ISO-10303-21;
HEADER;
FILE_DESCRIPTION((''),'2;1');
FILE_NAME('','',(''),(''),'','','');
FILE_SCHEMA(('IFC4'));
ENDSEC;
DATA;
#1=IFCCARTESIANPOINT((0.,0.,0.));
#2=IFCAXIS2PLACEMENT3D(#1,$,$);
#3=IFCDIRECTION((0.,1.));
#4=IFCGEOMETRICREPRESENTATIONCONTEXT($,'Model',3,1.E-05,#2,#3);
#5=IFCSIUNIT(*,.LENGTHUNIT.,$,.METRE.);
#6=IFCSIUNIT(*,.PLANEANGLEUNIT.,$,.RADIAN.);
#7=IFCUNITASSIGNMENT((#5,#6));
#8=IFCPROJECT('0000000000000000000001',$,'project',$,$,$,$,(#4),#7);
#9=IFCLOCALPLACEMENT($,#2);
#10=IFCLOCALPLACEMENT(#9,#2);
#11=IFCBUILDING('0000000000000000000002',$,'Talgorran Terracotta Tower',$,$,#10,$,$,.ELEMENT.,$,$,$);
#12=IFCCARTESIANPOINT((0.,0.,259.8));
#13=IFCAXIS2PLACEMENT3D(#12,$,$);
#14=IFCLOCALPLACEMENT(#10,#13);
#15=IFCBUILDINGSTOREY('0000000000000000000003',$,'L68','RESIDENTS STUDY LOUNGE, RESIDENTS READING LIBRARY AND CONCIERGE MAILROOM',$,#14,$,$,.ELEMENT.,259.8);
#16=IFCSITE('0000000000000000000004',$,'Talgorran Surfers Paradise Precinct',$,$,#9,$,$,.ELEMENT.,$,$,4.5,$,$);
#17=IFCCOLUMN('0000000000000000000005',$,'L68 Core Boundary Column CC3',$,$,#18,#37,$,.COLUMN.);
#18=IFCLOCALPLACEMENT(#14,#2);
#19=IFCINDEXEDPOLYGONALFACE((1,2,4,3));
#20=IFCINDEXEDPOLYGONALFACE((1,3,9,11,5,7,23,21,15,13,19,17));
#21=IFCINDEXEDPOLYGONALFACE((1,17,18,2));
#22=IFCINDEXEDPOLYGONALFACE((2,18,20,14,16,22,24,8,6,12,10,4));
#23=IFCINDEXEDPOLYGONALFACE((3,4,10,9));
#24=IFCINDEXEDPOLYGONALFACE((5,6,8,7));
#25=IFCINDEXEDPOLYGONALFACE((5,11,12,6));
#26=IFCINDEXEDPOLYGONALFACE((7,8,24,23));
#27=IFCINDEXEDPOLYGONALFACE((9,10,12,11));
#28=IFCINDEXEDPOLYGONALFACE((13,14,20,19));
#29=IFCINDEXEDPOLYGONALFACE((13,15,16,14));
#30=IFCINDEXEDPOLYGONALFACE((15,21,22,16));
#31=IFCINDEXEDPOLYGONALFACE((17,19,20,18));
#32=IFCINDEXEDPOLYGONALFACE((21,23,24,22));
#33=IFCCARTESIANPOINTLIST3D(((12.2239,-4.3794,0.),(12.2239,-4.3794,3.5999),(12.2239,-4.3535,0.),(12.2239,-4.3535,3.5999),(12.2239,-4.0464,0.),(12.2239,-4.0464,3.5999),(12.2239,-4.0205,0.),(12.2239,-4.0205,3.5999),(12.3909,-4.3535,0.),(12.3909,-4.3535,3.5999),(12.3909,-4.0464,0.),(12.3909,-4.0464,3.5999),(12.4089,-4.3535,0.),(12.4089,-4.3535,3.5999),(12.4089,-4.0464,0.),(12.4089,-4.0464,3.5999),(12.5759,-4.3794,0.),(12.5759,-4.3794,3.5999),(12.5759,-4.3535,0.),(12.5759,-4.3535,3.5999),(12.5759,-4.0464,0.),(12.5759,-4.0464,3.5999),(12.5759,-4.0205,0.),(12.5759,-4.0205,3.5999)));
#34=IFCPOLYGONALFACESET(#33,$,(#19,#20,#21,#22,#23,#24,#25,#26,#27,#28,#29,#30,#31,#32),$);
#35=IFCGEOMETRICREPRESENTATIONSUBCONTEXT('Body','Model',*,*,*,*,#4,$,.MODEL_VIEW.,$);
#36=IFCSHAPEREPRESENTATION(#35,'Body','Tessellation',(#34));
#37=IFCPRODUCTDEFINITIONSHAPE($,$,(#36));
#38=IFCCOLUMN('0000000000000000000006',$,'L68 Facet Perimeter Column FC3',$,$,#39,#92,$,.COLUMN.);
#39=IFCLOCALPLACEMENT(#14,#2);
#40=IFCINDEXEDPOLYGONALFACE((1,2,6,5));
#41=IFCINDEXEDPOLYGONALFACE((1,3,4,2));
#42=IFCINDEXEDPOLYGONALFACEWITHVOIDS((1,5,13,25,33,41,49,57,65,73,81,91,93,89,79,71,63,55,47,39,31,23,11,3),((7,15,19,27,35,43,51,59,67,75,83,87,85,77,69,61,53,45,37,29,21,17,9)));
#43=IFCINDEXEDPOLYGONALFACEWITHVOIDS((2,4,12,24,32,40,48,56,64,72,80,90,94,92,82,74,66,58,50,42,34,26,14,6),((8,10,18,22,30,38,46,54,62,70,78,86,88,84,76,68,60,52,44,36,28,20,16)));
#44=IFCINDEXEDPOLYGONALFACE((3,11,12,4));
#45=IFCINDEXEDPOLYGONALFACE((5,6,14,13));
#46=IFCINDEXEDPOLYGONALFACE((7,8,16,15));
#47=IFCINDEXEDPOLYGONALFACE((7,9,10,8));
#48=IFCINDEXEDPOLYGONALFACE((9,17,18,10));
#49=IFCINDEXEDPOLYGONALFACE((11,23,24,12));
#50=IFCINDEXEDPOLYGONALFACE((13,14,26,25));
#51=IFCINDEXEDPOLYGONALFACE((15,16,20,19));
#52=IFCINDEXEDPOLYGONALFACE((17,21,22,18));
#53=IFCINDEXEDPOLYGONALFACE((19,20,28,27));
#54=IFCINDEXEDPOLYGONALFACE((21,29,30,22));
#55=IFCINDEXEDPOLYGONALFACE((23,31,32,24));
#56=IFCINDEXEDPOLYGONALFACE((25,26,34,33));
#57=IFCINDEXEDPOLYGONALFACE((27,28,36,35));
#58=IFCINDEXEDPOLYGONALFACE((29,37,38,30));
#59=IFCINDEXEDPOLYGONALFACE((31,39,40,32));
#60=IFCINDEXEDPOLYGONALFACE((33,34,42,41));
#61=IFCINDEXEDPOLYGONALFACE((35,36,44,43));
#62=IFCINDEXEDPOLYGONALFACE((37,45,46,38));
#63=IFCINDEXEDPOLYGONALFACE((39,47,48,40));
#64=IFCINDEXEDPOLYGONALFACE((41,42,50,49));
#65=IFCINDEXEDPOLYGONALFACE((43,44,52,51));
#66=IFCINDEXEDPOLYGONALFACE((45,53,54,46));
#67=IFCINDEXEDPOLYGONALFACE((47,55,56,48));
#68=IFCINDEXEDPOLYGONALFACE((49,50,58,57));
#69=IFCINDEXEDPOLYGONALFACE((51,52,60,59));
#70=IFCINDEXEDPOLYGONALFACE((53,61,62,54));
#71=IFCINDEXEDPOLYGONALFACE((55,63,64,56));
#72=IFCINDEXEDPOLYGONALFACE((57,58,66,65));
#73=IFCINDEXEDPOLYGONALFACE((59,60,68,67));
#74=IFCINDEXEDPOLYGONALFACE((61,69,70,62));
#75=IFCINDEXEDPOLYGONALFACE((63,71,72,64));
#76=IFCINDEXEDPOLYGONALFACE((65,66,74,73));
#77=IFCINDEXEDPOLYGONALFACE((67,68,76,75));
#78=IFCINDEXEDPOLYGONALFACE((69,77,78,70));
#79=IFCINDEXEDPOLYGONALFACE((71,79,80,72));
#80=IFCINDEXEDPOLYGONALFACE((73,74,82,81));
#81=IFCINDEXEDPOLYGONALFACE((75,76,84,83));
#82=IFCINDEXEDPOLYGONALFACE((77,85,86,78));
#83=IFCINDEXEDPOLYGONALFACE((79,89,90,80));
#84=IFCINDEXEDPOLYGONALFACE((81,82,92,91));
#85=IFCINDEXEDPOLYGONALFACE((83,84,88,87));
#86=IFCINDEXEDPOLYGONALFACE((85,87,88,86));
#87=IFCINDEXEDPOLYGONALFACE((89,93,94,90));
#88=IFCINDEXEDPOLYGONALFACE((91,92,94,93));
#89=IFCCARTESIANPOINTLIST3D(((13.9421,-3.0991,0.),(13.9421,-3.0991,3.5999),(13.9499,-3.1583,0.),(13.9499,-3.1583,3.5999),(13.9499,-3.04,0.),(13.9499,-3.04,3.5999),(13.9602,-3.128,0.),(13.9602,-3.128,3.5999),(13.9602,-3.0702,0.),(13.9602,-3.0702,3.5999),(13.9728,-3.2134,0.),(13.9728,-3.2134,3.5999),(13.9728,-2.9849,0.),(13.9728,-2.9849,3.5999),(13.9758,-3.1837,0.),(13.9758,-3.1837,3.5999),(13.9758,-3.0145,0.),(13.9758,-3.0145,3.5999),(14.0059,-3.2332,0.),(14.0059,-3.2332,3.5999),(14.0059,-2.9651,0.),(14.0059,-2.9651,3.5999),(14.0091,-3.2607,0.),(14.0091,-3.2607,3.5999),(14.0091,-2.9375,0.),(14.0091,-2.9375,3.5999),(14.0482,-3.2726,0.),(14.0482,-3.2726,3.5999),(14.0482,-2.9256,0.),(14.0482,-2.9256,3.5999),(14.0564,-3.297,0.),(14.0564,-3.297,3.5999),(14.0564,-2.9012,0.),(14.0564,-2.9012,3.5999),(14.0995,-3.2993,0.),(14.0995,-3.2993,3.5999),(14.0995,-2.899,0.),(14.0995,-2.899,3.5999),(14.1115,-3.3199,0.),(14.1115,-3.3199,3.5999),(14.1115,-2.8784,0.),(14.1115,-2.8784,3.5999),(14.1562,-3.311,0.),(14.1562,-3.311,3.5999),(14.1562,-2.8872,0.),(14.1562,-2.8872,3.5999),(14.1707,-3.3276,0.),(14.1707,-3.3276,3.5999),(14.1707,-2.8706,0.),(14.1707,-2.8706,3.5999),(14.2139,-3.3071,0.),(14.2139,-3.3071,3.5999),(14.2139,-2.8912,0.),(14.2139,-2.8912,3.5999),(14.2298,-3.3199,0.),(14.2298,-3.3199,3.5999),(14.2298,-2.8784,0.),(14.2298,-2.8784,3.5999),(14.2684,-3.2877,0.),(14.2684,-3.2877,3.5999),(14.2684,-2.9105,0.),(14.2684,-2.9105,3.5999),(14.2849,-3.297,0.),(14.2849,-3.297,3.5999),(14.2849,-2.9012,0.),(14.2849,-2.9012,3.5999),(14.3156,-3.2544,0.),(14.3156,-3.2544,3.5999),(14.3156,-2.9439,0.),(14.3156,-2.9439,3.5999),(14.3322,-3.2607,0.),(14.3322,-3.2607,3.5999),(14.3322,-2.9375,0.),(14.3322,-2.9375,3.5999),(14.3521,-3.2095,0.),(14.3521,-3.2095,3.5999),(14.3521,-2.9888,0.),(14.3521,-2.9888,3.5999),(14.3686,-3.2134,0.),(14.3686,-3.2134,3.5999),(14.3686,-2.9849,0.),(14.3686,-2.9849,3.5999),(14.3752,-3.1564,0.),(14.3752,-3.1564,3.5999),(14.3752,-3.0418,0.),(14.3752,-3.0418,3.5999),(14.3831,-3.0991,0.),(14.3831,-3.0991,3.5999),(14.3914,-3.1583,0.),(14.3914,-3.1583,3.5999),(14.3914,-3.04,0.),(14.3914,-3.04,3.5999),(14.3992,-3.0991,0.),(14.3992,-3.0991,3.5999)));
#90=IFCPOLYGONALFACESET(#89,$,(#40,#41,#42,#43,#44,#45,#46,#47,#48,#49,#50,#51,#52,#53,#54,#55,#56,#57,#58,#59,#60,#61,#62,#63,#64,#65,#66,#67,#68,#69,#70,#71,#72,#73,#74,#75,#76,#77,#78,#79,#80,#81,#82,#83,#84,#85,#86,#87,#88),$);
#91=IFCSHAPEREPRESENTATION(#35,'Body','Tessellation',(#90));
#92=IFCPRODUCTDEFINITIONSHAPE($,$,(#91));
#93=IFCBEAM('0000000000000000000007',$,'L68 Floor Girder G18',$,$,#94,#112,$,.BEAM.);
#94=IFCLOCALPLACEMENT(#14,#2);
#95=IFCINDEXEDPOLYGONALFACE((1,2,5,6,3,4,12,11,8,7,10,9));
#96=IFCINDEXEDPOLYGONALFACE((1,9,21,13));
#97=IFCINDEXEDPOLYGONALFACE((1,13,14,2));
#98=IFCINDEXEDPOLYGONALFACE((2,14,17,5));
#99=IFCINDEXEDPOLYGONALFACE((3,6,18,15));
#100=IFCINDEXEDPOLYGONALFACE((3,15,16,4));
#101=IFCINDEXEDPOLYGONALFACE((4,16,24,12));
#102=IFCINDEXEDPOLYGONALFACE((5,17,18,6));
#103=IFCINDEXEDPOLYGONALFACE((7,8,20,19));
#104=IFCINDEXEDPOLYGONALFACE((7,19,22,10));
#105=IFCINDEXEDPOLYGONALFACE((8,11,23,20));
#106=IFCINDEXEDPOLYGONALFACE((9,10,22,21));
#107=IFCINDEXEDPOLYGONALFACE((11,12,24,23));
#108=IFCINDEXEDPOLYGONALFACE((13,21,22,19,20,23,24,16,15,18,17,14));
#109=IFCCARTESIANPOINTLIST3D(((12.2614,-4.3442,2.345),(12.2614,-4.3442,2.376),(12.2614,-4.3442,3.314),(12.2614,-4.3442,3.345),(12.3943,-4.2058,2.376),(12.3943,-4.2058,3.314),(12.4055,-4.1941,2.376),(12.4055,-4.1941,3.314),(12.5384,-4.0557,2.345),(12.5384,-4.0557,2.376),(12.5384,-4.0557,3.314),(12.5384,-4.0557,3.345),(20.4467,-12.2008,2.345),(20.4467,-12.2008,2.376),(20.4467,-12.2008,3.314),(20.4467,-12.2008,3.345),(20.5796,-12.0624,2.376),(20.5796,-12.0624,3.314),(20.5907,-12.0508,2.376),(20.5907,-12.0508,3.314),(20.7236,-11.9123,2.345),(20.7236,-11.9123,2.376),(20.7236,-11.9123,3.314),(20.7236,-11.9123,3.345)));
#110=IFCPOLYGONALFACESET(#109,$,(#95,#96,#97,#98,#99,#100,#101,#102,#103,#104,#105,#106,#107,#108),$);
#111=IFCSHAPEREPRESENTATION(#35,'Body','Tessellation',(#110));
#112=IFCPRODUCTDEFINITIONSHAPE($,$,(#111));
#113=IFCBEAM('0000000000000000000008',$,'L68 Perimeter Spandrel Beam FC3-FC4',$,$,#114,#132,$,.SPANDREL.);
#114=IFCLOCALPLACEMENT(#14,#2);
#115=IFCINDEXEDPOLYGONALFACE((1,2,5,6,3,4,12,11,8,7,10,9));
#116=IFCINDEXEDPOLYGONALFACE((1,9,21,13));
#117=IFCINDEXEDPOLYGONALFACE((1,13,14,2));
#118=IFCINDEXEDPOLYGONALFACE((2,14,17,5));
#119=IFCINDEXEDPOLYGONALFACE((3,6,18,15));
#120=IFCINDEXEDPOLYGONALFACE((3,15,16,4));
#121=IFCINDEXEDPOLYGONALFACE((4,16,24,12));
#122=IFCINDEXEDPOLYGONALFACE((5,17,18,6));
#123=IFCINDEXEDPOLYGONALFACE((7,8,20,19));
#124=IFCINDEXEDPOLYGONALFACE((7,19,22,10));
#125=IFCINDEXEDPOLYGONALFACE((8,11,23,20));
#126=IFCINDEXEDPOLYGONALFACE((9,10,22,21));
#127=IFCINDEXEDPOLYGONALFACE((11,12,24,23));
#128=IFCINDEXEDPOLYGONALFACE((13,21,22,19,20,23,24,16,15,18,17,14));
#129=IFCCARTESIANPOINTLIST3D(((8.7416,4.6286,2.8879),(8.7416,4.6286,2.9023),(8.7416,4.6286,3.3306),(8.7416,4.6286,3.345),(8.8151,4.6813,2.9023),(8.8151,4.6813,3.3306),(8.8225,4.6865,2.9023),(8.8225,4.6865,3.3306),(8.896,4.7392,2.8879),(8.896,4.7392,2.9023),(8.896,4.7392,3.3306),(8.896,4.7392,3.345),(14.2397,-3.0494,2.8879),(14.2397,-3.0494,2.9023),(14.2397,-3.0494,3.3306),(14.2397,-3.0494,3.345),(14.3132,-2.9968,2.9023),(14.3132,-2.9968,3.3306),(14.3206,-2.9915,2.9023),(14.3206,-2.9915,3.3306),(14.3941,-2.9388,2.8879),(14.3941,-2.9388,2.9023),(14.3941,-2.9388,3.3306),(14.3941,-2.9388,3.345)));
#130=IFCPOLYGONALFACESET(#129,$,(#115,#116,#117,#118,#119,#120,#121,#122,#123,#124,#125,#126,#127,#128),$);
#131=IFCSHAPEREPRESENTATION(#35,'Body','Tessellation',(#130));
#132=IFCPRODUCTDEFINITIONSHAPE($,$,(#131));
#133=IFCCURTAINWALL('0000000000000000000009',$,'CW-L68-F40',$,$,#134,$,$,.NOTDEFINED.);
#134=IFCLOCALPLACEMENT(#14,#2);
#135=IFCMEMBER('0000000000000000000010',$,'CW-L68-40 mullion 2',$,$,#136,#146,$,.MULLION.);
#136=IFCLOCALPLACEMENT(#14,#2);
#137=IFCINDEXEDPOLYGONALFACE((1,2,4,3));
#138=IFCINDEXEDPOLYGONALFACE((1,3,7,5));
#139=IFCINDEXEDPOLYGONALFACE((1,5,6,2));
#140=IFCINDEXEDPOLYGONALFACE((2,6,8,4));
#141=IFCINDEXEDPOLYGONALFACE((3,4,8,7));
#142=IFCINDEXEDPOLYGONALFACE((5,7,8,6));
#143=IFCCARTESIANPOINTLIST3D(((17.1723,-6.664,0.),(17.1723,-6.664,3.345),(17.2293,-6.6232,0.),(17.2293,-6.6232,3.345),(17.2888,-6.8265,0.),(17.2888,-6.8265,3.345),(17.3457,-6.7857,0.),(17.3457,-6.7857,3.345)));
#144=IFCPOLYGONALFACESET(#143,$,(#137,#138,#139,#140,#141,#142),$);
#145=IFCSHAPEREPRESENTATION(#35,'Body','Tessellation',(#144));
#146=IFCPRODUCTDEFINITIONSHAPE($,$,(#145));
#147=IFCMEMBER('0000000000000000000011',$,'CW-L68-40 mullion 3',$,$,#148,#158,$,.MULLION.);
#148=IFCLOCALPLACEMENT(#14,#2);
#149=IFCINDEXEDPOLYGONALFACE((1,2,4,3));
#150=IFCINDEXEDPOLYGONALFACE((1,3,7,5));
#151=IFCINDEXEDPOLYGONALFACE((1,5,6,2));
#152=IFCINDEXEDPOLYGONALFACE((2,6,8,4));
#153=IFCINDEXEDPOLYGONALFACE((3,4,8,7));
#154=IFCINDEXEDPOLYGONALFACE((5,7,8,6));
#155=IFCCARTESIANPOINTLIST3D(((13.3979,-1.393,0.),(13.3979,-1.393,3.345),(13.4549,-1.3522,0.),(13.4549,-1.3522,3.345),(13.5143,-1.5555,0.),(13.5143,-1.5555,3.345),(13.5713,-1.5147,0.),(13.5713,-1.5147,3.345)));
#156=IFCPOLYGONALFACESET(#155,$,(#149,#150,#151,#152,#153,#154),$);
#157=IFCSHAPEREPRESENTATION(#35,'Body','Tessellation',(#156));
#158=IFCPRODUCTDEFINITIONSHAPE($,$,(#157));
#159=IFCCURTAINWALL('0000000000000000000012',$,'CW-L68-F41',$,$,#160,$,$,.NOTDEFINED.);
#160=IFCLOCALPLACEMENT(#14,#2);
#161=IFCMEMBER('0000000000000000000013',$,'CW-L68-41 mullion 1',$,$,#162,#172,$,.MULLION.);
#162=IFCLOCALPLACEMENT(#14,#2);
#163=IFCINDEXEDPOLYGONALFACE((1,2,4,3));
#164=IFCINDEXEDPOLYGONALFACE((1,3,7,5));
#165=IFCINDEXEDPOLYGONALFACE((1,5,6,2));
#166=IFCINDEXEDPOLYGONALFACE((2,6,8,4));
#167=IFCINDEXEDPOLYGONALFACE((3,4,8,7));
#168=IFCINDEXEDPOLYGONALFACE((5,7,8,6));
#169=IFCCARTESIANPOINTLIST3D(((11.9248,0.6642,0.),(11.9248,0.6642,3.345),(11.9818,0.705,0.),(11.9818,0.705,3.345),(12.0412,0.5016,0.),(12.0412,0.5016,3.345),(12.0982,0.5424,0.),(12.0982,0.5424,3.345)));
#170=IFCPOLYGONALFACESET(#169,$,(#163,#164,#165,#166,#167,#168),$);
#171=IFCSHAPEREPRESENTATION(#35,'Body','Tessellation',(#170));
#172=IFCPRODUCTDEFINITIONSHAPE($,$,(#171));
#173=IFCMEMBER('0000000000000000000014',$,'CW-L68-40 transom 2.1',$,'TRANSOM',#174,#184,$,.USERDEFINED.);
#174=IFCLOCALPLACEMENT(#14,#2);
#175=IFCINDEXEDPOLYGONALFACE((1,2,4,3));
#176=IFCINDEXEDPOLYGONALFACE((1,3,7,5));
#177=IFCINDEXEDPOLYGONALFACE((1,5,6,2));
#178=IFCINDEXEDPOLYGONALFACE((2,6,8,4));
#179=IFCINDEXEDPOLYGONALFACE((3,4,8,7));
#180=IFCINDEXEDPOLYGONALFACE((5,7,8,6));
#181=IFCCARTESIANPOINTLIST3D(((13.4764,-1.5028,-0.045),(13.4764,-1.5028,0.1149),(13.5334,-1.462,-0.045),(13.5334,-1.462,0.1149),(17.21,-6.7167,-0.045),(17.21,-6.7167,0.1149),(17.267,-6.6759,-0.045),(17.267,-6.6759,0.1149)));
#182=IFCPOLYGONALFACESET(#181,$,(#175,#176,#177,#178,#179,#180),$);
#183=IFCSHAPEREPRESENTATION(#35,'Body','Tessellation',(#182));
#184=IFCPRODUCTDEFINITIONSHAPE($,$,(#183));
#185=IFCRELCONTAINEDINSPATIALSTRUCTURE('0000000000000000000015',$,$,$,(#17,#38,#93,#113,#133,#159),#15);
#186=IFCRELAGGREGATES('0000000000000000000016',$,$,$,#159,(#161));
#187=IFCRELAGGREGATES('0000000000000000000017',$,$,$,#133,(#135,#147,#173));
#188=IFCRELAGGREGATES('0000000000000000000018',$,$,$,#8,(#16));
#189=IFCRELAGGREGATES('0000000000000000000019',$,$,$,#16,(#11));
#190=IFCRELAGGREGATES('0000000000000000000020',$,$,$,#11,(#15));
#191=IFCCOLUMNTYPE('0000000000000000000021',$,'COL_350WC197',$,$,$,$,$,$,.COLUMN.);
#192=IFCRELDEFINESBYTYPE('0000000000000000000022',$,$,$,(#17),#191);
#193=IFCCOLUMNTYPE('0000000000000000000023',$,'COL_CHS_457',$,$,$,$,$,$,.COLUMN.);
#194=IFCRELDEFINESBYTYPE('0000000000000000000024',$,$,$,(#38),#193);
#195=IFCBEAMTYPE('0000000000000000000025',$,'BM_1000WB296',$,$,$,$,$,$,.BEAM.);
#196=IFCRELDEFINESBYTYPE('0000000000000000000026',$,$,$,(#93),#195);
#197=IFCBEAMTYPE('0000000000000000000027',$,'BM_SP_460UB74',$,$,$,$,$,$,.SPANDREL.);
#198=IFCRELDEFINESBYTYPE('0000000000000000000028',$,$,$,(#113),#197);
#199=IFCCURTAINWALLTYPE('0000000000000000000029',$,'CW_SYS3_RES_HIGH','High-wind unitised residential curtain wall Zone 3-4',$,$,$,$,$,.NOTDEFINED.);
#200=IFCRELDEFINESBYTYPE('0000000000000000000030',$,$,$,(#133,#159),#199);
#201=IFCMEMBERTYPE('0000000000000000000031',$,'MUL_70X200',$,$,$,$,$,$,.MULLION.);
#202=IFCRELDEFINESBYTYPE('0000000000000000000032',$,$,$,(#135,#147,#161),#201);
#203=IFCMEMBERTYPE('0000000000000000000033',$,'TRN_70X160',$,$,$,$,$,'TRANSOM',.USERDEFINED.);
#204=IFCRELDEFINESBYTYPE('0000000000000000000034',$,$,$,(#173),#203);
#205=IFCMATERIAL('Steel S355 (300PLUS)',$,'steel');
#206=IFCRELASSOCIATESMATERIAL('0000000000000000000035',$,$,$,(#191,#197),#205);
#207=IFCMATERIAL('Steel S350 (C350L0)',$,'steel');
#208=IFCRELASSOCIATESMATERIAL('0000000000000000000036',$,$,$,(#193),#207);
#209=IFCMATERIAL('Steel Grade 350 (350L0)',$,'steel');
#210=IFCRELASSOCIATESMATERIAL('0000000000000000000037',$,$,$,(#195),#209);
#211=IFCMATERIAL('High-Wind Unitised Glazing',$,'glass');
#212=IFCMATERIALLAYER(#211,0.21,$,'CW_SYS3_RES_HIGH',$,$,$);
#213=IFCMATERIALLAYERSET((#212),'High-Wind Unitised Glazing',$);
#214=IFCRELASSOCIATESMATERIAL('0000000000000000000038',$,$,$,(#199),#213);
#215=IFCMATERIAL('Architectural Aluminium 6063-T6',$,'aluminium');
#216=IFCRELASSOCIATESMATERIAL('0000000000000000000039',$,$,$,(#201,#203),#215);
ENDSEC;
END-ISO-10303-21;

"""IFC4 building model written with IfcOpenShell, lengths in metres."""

from ifc_helpers import new_model, si_unit, direction, frame, origin, origin_2d, place, context, subcontext, project, spatial, rectangle, hollow_circle, i_section, extrude, material, layer, layer_set, material_profile, profile_set, type_object, element, aggregate, save


model = new_model("IFC4")

# Units and contexts
model_context = context("Model", 3, precision=1e-05, world=origin(), true_north=direction((0.0, 1.0)))
body_context = subcontext(model_context, "Body", "Model", "MODEL_VIEW")
ifc_project = project(units=[si_unit("LENGTHUNIT", "METRE"), si_unit("PLANEANGLEUNIT", "RADIAN")], contexts=[model_context])

# Site, building, storey
site_placement = place(None, origin())
site = spatial("IfcSite", under=ifc_project, at=site_placement, Name="Talgorran Surfers Paradise Precinct", CompositionType="ELEMENT", RefElevation=4.5)
building_placement = place(site_placement, origin())
building = spatial("IfcBuilding", under=site, at=building_placement, Name="Talgorran Terracotta Tower", CompositionType="ELEMENT")
storey_placement = place(building_placement, frame((0.0, 0.0, 259.8)))
storey = spatial("IfcBuildingStorey", under=building, at=storey_placement, Name="L68", Description="RESIDENTS STUDY LOUNGE, RESIDENTS READING LIBRARY AND CONCIERGE MAILROOM", CompositionType="ELEMENT", Elevation=259.8)

# Columns
ifc_material_1 = material(Name="Steel S355 (300PLUS)", Category="steel")
ifc_material_profile_1 = material_profile(ifc_material_1, i_section(OverallWidth=0.3521, OverallDepth=0.3589, WebThickness=0.0181, FlangeThickness=0.0259, at=origin_2d()), Name="350WC197")
ifc_profile_set_1 = profile_set([ifc_material_profile_1], Name="Steel S355 (300PLUS)")
column_type_1 = type_object("IfcColumnType", Name="COL_350WC197", PredefinedType="COLUMN", material=ifc_profile_set_1)
column_1_placement = place(storey_placement, frame((12.3999, -4.2, 0.0), z_axis=(0.0, 0.0, 1.0), x_axis=(1.0, 0.0, 0.0)))
element("IfcColumn", 1, at=column_1_placement, inside=storey, type_object=column_type_1, Name="L68 Core Boundary Column CC3", PredefinedType="COLUMN", context=body_context, shape_type="SweptSolid", body=[
    extrude(i_section(OverallWidth=0.3521, OverallDepth=0.3589, WebThickness=0.0181, FlangeThickness=0.0259, at=origin_2d()), origin(), (0.0, 0.0, 1.0), 3.5999),
])
ifc_material_2 = material(Name="Steel S350 (C350L0)", Category="steel")
ifc_material_profile_2 = material_profile(ifc_material_2, hollow_circle(Radius=0.2285, WallThickness=0.0161, at=origin_2d()), Name="CHS457X16")
ifc_profile_set_2 = profile_set([ifc_material_profile_2], Name="Steel S350 (C350L0)")
column_type_2 = type_object("IfcColumnType", Name="COL_CHS_457", PredefinedType="COLUMN", material=ifc_profile_set_2)
column_2_placement = place(storey_placement, frame((14.1707, -3.0991, 0.0), z_axis=(0.0, 0.0, 1.0), x_axis=(1.0, 0.0, 0.0)))
element("IfcColumn", 2, at=column_2_placement, inside=storey, type_object=column_type_2, Name="L68 Facet Perimeter Column FC3", PredefinedType="COLUMN", context=body_context, shape_type="SweptSolid", body=[
    extrude(hollow_circle(Radius=0.2285, WallThickness=0.0161, at=origin_2d()), origin(), (0.0, 0.0, 1.0), 3.5999),
])

# Beams
ifc_material_3 = material(Name="Steel Grade 350 (350L0)", Category="steel")
ifc_material_profile_3 = material_profile(ifc_material_3, i_section(OverallWidth=0.3999, OverallDepth=1.0, WebThickness=0.0161, FlangeThickness=0.031, at=origin_2d()), Name="1000WB296")
ifc_profile_set_3 = profile_set([ifc_material_profile_3], Name="Steel Grade 350 (350L0)")
beam_type_1 = type_object("IfcBeamType", Name="BM_1000WB296", PredefinedType="BEAM", material=ifc_profile_set_3)
beam_1_placement = place(storey_placement, frame((12.3999, -4.2, 2.845), z_axis=(0.72144, -0.692477, 0.0), x_axis=(0.692477, 0.72144, 0.0)))
element("IfcBeam", 3, at=beam_1_placement, inside=storey, type_object=beam_type_1, Name="L68 Floor Girder G18", PredefinedType="BEAM", context=body_context, shape_type="SweptSolid", body=[
    extrude(i_section(OverallWidth=0.3999, OverallDepth=1.0, WebThickness=0.0161, FlangeThickness=0.031, at=origin_2d()), origin(), (0.0, 0.0, 1.0), 11.3457),
])
ifc_material_profile_4 = material_profile(ifc_material_1, i_section(OverallWidth=0.1899, OverallDepth=0.457, WebThickness=0.009, FlangeThickness=0.0144, at=origin_2d()), Name="460UB74.6")
ifc_profile_set_4 = profile_set([ifc_material_profile_4], Name="Steel S355 (300PLUS)")
beam_type_2 = type_object("IfcBeamType", Name="BM_SP_460UB74", PredefinedType="SPANDREL", material=ifc_profile_set_4)
beam_2_placement = place(storey_placement, frame((14.3169, -2.9941, 3.1165), z_axis=(-0.582204, 0.813043, 0.0), x_axis=(-0.813043, -0.582204, 0.0)))
element("IfcBeam", 4, at=beam_2_placement, inside=storey, type_object=beam_type_2, Name="L68 Perimeter Spandrel Beam FC3-FC4", PredefinedType="SPANDREL", context=body_context, shape_type="SweptSolid", body=[
    extrude(i_section(OverallWidth=0.1899, OverallDepth=0.457, WebThickness=0.009, FlangeThickness=0.0144, at=origin_2d()), origin(), (0.0, 0.0, 1.0), 9.4436),
])

# Curtain wall, members
ifc_material_4 = material(Name="High-Wind Unitised Glazing", Category="glass")
ifc_layer_1 = layer(ifc_material_4, 0.21, Name="CW_SYS3_RES_HIGH")
ifc_layer_set_1 = layer_set([ifc_layer_1], Name="High-Wind Unitised Glazing")
curtain_wall_type = type_object("IfcCurtainWallType", Name="CW_SYS3_RES_HIGH", Description="High-wind unitised residential curtain wall Zone 3-4", PredefinedType="NOTDEFINED", material=ifc_layer_set_1)
curtain_wall_1_placement = place(storey_placement, origin())
curtain_wall_1 = element("IfcCurtainWall", 5, at=curtain_wall_1_placement, inside=storey, type_object=curtain_wall_type, Name="CW-L68-F40", PredefinedType="NOTDEFINED")
ifc_material_5 = material(Name="Architectural Aluminium 6063-T6", Category="aluminium")
ifc_material_profile_5 = material_profile(ifc_material_5, rectangle(XDim=0.0701, YDim=0.2, at=origin_2d()), Name="CWM70X200")
ifc_profile_set_5 = profile_set([ifc_material_profile_5], Name="Architectural Aluminium 6063-T6")
member_type_1 = type_object("IfcMemberType", Name="MUL_70X200", PredefinedType="MULLION", material=ifc_profile_set_5)
member_1_placement = place(storey_placement, frame((17.259, -6.7249, 0.0), z_axis=(0.0, 0.0, 1.0), x_axis=(-0.813042, -0.582204, 0.0)))
member_1 = element("IfcMember", 6, at=member_1_placement, type_object=member_type_1, Name="CW-L68-40 mullion 2", PredefinedType="MULLION", context=body_context, shape_type="SweptSolid", body=[
    extrude(rectangle(XDim=0.0701, YDim=0.2, at=origin_2d()), origin(), (0.0, 0.0, 1.0), 3.345),
])
member_2_placement = place(storey_placement, frame((13.4846, -1.4539, 0.0), z_axis=(0.0, 0.0, 1.0), x_axis=(-0.813042, -0.582204, 0.0)))
member_2 = element("IfcMember", 7, at=member_2_placement, type_object=member_type_1, Name="CW-L68-40 mullion 3", PredefinedType="MULLION", context=body_context, shape_type="SweptSolid", body=[
    extrude(rectangle(XDim=0.0701, YDim=0.2, at=origin_2d()), origin(), (0.0, 0.0, 1.0), 3.345),
])

# Curtain wall, member
curtain_wall_2_placement = place(storey_placement, origin())
curtain_wall_2 = element("IfcCurtainWall", 8, at=curtain_wall_2_placement, inside=storey, type_object=curtain_wall_type, Name="CW-L68-F41", PredefinedType="NOTDEFINED")
member_3_placement = place(storey_placement, frame((12.0115, 0.6033, 0.0), z_axis=(0.0, 0.0, 1.0), x_axis=(-0.813043, -0.582204, 0.0)))
member_3 = element("IfcMember", 9, at=member_3_placement, type_object=member_type_1, Name="CW-L68-41 mullion 1", PredefinedType="MULLION", context=body_context, shape_type="SweptSolid", body=[
    extrude(rectangle(XDim=0.0701, YDim=0.2, at=origin_2d()), origin(), (0.0, 0.0, 1.0), 3.345),
])
aggregate(curtain_wall_2, [member_3])

# Member
ifc_material_profile_6 = material_profile(ifc_material_5, rectangle(XDim=0.0701, YDim=0.1599, at=origin_2d()), Name="CWT70X160")
ifc_profile_set_6 = profile_set([ifc_material_profile_6], Name="Architectural Aluminium 6063-T6")
member_type_2 = type_object("IfcMemberType", Name="TRN_70X160", ElementType="TRANSOM", PredefinedType="USERDEFINED", material=ifc_profile_set_6)
member_4_placement = place(storey_placement, frame((17.2385, -6.6963, 0.0349), z_axis=(-0.582214, 0.813036, 0.0), x_axis=(-0.813036, -0.582214, 0.0)))
member_4 = element("IfcMember", 10, at=member_4_placement, type_object=member_type_2, Name="CW-L68-40 transom 2.1", ObjectType="TRANSOM", PredefinedType="USERDEFINED", context=body_context, shape_type="SweptSolid", body=[
    extrude(rectangle(XDim=0.0701, YDim=0.1599, at=origin_2d()), origin(), (0.0, 0.0, 1.0), 6.4128),
])

aggregate(curtain_wall_1, [member_1, member_2, member_4])

save(model, "model.ifc")
